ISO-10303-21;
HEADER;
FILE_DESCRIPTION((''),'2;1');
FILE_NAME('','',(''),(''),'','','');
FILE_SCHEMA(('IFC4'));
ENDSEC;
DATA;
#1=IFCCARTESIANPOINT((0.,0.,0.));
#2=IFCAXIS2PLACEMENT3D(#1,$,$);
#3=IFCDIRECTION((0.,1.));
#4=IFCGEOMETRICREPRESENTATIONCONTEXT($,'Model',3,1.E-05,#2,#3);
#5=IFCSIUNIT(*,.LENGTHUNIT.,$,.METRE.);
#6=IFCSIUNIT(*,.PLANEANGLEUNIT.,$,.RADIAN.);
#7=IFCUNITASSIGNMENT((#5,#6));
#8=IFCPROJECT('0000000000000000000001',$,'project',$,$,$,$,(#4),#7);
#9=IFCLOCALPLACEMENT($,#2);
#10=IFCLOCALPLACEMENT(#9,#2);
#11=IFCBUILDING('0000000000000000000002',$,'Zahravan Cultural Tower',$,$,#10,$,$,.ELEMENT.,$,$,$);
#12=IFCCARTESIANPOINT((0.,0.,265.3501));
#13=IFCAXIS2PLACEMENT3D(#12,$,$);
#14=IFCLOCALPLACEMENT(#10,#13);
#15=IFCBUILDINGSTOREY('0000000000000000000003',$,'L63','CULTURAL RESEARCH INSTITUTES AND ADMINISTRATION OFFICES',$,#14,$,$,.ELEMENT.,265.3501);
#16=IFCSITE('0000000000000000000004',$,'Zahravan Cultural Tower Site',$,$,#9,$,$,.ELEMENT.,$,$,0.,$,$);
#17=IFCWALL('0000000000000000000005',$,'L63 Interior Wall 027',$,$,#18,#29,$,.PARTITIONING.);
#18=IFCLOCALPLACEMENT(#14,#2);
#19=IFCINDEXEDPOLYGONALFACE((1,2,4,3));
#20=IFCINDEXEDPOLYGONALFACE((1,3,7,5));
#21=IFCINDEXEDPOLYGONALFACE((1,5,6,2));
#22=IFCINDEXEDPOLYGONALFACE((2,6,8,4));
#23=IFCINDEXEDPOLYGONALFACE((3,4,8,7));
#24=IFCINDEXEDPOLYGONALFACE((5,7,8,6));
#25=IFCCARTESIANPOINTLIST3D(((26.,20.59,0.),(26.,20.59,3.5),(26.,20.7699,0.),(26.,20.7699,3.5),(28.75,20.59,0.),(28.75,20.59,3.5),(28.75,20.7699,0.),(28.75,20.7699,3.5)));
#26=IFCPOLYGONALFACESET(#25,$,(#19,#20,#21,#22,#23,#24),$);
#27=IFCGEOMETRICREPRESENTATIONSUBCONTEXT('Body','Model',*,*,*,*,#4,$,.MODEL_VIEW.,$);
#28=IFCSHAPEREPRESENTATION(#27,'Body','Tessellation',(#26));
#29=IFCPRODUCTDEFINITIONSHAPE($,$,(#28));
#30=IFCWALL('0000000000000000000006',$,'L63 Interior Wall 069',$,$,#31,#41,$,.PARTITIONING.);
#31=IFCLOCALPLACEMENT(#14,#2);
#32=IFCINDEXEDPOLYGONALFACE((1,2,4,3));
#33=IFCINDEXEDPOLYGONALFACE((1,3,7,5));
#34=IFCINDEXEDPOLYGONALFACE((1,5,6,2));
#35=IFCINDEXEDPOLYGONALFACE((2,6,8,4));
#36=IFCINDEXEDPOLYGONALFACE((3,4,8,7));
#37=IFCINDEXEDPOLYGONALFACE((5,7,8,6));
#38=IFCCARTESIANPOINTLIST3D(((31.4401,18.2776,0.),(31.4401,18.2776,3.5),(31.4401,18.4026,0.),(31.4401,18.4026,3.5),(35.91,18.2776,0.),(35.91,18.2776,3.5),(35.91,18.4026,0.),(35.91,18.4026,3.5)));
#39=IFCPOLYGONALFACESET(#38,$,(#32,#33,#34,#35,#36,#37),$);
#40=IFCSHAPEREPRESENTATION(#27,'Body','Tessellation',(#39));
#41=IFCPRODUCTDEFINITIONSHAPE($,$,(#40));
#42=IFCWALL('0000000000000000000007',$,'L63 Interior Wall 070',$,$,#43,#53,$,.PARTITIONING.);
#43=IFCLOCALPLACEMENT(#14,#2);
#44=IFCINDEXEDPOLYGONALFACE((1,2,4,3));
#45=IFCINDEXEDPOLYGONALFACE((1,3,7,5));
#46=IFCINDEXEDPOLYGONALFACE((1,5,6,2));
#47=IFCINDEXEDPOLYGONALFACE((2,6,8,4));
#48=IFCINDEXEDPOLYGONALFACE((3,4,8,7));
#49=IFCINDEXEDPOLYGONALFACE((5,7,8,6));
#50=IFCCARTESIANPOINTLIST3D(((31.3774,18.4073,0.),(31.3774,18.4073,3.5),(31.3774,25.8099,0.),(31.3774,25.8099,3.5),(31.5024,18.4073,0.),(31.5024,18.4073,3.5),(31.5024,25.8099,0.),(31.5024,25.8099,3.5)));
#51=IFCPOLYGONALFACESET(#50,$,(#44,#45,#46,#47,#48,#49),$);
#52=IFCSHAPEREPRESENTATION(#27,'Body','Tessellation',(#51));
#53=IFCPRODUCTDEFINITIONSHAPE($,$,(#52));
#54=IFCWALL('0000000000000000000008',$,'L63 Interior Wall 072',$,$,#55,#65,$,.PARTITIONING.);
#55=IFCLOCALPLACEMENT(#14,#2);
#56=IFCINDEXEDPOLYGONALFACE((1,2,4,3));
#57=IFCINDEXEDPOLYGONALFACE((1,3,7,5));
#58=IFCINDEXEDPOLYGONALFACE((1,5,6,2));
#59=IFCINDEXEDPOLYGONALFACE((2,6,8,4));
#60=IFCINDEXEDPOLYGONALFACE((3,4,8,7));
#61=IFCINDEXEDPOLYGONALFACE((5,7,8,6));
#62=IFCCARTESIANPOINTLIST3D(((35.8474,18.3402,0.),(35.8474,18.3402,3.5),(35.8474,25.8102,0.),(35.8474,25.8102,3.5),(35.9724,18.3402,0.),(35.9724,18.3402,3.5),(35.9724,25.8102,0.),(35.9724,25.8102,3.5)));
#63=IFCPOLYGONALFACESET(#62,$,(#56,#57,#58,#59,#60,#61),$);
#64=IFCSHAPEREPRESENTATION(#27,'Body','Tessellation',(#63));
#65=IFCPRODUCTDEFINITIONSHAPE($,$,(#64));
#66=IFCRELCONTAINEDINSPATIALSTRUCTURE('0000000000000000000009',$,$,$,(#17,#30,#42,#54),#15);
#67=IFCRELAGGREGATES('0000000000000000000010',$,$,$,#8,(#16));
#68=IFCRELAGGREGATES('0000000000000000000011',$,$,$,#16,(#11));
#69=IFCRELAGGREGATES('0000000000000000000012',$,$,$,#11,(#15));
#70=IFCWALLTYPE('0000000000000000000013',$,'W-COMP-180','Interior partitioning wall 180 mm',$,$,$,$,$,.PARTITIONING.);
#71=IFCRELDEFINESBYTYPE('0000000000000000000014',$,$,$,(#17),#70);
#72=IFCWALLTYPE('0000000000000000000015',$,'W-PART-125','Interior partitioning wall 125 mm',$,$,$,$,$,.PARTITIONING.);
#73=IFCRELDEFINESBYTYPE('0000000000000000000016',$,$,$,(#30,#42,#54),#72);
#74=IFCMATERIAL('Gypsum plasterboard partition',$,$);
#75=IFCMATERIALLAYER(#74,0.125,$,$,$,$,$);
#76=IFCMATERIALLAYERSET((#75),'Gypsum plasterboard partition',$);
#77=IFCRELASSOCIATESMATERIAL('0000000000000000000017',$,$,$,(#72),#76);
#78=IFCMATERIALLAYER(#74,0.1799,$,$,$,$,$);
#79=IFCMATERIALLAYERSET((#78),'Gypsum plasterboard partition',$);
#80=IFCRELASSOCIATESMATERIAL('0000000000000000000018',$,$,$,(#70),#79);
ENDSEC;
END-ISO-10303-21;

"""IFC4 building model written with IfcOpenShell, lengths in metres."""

from ifc_helpers import new_model, si_unit, direction, frame, frame_2d, origin, place, context, subcontext, project, spatial, rectangle, extrude, source, transform, mapped, material, layer, layer_set, type_object, element, save


model = new_model("IFC4")

# Units and contexts
model_context = context("Model", 3, precision=1e-05, world=origin(), true_north=direction((0.0, 1.0)))
body_context = subcontext(model_context, "Body", "Model", "MODEL_VIEW")
ifc_project = project(units=[si_unit("LENGTHUNIT", "METRE"), si_unit("PLANEANGLEUNIT", "RADIAN")], contexts=[model_context])

# Site, building, storey
site_placement = place(None, origin())
site = spatial("IfcSite", under=ifc_project, at=site_placement, Name="Zahravan Cultural Tower Site", CompositionType="ELEMENT", RefElevation=0.0)
building_placement = place(site_placement, origin())
building = spatial("IfcBuilding", under=site, at=building_placement, Name="Zahravan Cultural Tower", CompositionType="ELEMENT")
storey_placement = place(building_placement, frame((0.0, 0.0, 265.3501)))
storey = spatial("IfcBuildingStorey", under=building, at=storey_placement, Name="L63", Description="CULTURAL RESEARCH INSTITUTES AND ADMINISTRATION OFFICES", CompositionType="ELEMENT", Elevation=265.3501)

# Shared definitions
ifc_material_1 = material(Name="Gypsum plasterboard partition")
ifc_layer_1 = layer(ifc_material_1, 0.125)
ifc_layer_set_1 = layer_set([ifc_layer_1], Name="Gypsum plasterboard partition")
wall_type_1 = type_object("IfcWallType", Name="W-PART-125", Description="Interior partitioning wall 125 mm", PredefinedType="PARTITIONING", material=ifc_layer_set_1)

# Walls
ifc_layer_2 = layer(ifc_material_1, 0.1799)
ifc_layer_set_2 = layer_set([ifc_layer_2], Name="Gypsum plasterboard partition")
wall_type_2 = type_object("IfcWallType", Name="W-COMP-180", Description="Interior partitioning wall 180 mm", PredefinedType="PARTITIONING", material=ifc_layer_set_2)
shared_shape_1 = source(origin(), body_context, "Body", "SweptSolid", [
    extrude(rectangle(XDim=2.75, YDim=0.1799, at=frame_2d((1.375, 0.0))), origin(), (0.0, 0.0, 1.0), 3.5),
])
wall_1_placement = place(storey_placement, frame((26.0, 20.6799, 0.0), z_axis=(0.0, 0.0, 1.0), x_axis=(1.0, 0.0, 0.0)))
element("IfcWall", 1, at=wall_1_placement, inside=storey, type_object=wall_type_2, Name="L63 Interior Wall 027", PredefinedType="PARTITIONING", context=body_context, shape_type="MappedRepresentation", body=[
    mapped(shared_shape_1, transform((0.0, 0.0, 0.0), x_axis=(1.0, 0.0, 0.0), y_axis=(0.0, 1.0, 0.0), z_axis=(0.0, 0.0, 1.0), scale=1.0)),
])
shared_shape_2 = source(origin(), body_context, "Body", "SweptSolid", [
    extrude(rectangle(XDim=4.47, YDim=0.125, at=frame_2d((2.2349, 0.0))), origin(), (0.0, 0.0, 1.0), 3.5),
])
wall_2_placement = place(storey_placement, frame((35.9099, 18.3401, 0.0), z_axis=(0.0, 0.0, 1.0), x_axis=(-1.0, 0.0, 0.0)))
element("IfcWall", 2, at=wall_2_placement, inside=storey, type_object=wall_type_1, Name="L63 Interior Wall 069", PredefinedType="PARTITIONING", context=body_context, shape_type="MappedRepresentation", body=[
    mapped(shared_shape_2, transform((0.0, 0.0, 0.0), x_axis=(1.0, 0.0, 0.0), y_axis=(0.0, 1.0, 0.0), z_axis=(0.0, 0.0, 1.0), scale=1.0)),
])
shared_shape_3 = source(origin(), body_context, "Body", "SweptSolid", [
    extrude(rectangle(XDim=7.4026, YDim=0.125, at=frame_2d((3.7012, 0.0))), origin(), (0.0, 0.0, 1.0), 3.5),
])
wall_3_placement = place(storey_placement, frame((31.4399, 18.4075, 0.0), z_axis=(0.0, 0.0, 1.0), x_axis=(0.0, 1.0, 0.0)))
element("IfcWall", 3, at=wall_3_placement, inside=storey, type_object=wall_type_1, Name="L63 Interior Wall 070", PredefinedType="PARTITIONING", context=body_context, shape_type="MappedRepresentation", body=[
    mapped(shared_shape_3, transform((0.0, 0.0, 0.0), x_axis=(1.0, 0.0, 0.0), y_axis=(0.0, 1.0, 0.0), z_axis=(0.0, 0.0, 1.0), scale=1.0)),
])
shared_shape_4 = source(origin(), body_context, "Body", "SweptSolid", [
    extrude(rectangle(XDim=7.47, YDim=0.125, at=frame_2d((3.7349, 0.0))), origin(), (0.0, 0.0, 1.0), 3.5),
])
wall_4_placement = place(storey_placement, frame((35.9099, 25.8101, 0.0), z_axis=(0.0, 0.0, 1.0), x_axis=(0.0, -1.0, 0.0)))
element("IfcWall", 4, at=wall_4_placement, inside=storey, type_object=wall_type_1, Name="L63 Interior Wall 072", PredefinedType="PARTITIONING", context=body_context, shape_type="MappedRepresentation", body=[
    mapped(shared_shape_4, transform((0.0, 0.0, 0.0), x_axis=(1.0, 0.0, 0.0), y_axis=(0.0, 1.0, 0.0), z_axis=(0.0, 0.0, 1.0), scale=1.0)),
])

save(model, "model.ifc")
